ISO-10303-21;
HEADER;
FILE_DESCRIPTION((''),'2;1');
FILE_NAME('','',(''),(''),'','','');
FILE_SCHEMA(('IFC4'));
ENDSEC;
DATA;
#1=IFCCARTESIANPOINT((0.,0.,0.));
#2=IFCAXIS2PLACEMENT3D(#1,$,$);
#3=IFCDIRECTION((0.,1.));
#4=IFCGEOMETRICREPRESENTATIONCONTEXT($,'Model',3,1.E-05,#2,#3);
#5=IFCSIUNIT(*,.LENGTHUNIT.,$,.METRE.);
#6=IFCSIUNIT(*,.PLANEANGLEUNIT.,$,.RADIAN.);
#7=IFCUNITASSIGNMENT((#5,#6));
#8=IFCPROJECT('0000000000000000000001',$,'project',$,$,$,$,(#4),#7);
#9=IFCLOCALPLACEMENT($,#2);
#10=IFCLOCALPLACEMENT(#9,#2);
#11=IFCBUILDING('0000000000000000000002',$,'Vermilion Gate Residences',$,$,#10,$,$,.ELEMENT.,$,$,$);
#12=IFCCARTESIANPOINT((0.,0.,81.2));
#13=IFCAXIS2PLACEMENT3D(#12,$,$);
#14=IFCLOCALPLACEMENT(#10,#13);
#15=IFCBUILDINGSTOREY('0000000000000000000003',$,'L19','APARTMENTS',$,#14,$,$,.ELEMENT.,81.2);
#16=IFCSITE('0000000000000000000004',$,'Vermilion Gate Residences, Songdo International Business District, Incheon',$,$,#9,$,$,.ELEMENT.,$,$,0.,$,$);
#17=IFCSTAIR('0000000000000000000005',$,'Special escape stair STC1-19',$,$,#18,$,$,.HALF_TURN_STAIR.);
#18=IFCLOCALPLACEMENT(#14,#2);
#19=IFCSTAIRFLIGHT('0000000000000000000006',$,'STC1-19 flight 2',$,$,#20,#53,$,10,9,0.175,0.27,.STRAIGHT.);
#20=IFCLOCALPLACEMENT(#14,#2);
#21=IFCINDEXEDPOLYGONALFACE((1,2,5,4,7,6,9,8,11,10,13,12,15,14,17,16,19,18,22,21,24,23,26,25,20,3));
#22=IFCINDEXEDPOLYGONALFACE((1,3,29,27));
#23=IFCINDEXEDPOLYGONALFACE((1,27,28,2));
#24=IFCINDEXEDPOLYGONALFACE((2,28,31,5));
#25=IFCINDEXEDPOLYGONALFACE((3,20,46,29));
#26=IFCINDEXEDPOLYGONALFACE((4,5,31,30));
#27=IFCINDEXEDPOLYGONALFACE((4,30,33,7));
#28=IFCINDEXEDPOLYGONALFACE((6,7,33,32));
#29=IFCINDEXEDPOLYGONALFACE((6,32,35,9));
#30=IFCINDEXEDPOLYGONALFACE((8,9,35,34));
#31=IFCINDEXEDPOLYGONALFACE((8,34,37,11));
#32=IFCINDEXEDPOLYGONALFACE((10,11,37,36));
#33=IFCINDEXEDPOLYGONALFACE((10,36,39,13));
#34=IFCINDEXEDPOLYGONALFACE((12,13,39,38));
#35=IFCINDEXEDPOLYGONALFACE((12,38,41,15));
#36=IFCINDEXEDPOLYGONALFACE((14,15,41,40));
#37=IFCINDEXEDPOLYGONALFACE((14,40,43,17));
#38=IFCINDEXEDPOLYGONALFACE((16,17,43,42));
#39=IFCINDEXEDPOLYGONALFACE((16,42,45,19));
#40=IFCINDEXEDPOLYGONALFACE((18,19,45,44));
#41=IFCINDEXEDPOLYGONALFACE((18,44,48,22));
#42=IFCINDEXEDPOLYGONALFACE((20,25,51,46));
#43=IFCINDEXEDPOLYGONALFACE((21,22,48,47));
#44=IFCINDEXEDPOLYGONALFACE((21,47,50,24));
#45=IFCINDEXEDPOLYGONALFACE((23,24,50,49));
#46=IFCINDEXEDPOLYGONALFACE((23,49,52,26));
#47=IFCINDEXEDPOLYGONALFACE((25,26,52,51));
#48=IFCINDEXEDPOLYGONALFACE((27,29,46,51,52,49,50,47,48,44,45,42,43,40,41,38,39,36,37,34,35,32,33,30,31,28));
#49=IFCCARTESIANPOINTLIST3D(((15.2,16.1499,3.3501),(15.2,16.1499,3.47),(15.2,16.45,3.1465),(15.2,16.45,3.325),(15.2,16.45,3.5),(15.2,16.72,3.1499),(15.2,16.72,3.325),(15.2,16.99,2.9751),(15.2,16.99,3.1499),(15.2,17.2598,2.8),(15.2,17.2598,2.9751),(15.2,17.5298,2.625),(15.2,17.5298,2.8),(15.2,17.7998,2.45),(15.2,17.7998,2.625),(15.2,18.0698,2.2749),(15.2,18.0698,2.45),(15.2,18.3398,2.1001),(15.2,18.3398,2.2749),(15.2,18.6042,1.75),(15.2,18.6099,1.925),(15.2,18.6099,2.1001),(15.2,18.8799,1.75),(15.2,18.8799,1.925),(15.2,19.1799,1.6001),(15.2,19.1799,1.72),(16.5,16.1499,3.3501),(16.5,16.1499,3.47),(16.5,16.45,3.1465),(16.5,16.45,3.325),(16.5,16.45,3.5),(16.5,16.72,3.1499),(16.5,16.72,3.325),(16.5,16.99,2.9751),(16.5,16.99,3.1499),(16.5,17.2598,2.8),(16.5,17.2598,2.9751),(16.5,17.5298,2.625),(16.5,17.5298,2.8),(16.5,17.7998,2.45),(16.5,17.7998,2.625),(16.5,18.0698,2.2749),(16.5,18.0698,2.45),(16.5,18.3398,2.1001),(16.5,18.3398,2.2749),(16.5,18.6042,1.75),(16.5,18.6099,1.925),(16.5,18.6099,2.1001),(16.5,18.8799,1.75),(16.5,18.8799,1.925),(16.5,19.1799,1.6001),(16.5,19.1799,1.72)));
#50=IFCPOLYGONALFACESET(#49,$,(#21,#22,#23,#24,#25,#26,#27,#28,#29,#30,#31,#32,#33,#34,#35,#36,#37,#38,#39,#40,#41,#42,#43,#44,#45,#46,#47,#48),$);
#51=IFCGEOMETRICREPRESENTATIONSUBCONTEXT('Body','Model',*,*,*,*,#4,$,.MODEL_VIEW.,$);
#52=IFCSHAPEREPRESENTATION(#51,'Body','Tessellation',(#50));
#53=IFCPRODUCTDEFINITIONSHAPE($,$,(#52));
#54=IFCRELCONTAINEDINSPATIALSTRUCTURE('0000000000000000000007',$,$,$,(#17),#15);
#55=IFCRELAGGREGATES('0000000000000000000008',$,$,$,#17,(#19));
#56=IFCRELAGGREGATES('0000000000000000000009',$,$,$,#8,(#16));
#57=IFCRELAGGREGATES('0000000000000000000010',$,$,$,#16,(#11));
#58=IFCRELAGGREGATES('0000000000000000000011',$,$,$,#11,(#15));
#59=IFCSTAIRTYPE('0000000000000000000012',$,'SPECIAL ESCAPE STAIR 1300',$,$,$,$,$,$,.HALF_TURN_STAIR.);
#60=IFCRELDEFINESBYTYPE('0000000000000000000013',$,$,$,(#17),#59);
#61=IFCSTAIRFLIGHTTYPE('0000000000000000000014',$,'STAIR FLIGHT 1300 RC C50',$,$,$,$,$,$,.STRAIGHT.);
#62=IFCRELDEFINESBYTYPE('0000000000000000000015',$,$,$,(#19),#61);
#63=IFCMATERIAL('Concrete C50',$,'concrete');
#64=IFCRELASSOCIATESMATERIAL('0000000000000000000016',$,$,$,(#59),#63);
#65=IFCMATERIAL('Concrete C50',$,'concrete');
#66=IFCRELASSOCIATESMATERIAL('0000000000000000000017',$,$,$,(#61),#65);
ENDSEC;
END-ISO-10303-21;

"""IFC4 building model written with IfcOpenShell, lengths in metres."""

from ifc_helpers import new_model, si_unit, direction, frame, origin, place, context, subcontext, project, spatial, polyline, outline, extrude, material, type_object, element, aggregate, save


model = new_model("IFC4")

# Units and contexts
model_context = context("Model", 3, precision=1e-05, world=origin(), true_north=direction((0.0, 1.0)))
body_context = subcontext(model_context, "Body", "Model", "MODEL_VIEW")
ifc_project = project(units=[si_unit("LENGTHUNIT", "METRE"), si_unit("PLANEANGLEUNIT", "RADIAN")], contexts=[model_context])

# Site, building, storey
site_placement = place(None, origin())
site = spatial("IfcSite", under=ifc_project, at=site_placement, Name="Vermilion Gate Residences, Songdo International Business District, Incheon", CompositionType="ELEMENT", RefElevation=0.0)
building_placement = place(site_placement, origin())
building = spatial("IfcBuilding", under=site, at=building_placement, Name="Vermilion Gate Residences", CompositionType="ELEMENT")
storey_placement = place(building_placement, frame((0.0, 0.0, 81.2)))
storey = spatial("IfcBuildingStorey", under=building, at=storey_placement, Name="L19", Description="APARTMENTS", CompositionType="ELEMENT", Elevation=81.2)

# Stair, stair flight
ifc_material_1 = material(Name="Concrete C50", Category="concrete")
stair_type = type_object("IfcStairType", Name="SPECIAL ESCAPE STAIR 1300", PredefinedType="HALF_TURN_STAIR", material=ifc_material_1)
stair_placement = place(storey_placement, origin())
stair = element("IfcStair", 1, at=stair_placement, inside=storey, type_object=stair_type, Name="Special escape stair STC1-19", PredefinedType="HALF_TURN_STAIR")
ifc_material_2 = material(Name="Concrete C50", Category="concrete")
stair_flight_type = type_object("IfcStairFlightType", Name="STAIR FLIGHT 1300 RC C50", PredefinedType="STRAIGHT", material=ifc_material_2)
stair_flight_placement = place(storey_placement, frame((15.8501, 18.8799, 1.75), z_axis=(0.0, 0.0, 1.0), x_axis=(0.0, -1.0, 0.0)))
stair_flight = element("IfcStairFlight", 2, at=stair_flight_placement, type_object=stair_flight_type, Name="STC1-19 flight 2", NumberOfRisers=10, NumberOfTreads=9, PredefinedType="STRAIGHT", RiserHeight=0.175, TreadLength=0.27, context=body_context, shape_type="SweptSolid", body=[
    extrude(outline(polyline([(-0.3, -0.1499), (-0.3, -0.03), (0.0, 0.0), (0.0, 0.175), (0.27, 0.175), (0.27, 0.3501), (0.54, 0.3501), (0.54, 0.5249), (0.8101, 0.5249), (0.8101, 0.7), (1.0801, 0.7), (1.0801, 0.875), (1.3501, 0.875), (1.3501, 1.05), (1.6201, 1.05), (1.6201, 1.2251), (1.8899, 1.2251), (1.8899, 1.3999), (2.1599, 1.3999), (2.1599, 1.575), (2.4299, 1.575), (2.4299, 1.75), (2.73, 1.72), (2.73, 1.6001), (2.4299, 1.3965), (0.2756, 0.0), (-0.3, -0.1499)])), frame((0.0, 0.6499, 0.0), z_axis=(0.0, -1.0, 0.0), x_axis=(1.0, 0.0, 0.0)), (0.0, 0.0, 1.0), 1.3),
])
aggregate(stair, [stair_flight])

save(model, "model.ifc")
